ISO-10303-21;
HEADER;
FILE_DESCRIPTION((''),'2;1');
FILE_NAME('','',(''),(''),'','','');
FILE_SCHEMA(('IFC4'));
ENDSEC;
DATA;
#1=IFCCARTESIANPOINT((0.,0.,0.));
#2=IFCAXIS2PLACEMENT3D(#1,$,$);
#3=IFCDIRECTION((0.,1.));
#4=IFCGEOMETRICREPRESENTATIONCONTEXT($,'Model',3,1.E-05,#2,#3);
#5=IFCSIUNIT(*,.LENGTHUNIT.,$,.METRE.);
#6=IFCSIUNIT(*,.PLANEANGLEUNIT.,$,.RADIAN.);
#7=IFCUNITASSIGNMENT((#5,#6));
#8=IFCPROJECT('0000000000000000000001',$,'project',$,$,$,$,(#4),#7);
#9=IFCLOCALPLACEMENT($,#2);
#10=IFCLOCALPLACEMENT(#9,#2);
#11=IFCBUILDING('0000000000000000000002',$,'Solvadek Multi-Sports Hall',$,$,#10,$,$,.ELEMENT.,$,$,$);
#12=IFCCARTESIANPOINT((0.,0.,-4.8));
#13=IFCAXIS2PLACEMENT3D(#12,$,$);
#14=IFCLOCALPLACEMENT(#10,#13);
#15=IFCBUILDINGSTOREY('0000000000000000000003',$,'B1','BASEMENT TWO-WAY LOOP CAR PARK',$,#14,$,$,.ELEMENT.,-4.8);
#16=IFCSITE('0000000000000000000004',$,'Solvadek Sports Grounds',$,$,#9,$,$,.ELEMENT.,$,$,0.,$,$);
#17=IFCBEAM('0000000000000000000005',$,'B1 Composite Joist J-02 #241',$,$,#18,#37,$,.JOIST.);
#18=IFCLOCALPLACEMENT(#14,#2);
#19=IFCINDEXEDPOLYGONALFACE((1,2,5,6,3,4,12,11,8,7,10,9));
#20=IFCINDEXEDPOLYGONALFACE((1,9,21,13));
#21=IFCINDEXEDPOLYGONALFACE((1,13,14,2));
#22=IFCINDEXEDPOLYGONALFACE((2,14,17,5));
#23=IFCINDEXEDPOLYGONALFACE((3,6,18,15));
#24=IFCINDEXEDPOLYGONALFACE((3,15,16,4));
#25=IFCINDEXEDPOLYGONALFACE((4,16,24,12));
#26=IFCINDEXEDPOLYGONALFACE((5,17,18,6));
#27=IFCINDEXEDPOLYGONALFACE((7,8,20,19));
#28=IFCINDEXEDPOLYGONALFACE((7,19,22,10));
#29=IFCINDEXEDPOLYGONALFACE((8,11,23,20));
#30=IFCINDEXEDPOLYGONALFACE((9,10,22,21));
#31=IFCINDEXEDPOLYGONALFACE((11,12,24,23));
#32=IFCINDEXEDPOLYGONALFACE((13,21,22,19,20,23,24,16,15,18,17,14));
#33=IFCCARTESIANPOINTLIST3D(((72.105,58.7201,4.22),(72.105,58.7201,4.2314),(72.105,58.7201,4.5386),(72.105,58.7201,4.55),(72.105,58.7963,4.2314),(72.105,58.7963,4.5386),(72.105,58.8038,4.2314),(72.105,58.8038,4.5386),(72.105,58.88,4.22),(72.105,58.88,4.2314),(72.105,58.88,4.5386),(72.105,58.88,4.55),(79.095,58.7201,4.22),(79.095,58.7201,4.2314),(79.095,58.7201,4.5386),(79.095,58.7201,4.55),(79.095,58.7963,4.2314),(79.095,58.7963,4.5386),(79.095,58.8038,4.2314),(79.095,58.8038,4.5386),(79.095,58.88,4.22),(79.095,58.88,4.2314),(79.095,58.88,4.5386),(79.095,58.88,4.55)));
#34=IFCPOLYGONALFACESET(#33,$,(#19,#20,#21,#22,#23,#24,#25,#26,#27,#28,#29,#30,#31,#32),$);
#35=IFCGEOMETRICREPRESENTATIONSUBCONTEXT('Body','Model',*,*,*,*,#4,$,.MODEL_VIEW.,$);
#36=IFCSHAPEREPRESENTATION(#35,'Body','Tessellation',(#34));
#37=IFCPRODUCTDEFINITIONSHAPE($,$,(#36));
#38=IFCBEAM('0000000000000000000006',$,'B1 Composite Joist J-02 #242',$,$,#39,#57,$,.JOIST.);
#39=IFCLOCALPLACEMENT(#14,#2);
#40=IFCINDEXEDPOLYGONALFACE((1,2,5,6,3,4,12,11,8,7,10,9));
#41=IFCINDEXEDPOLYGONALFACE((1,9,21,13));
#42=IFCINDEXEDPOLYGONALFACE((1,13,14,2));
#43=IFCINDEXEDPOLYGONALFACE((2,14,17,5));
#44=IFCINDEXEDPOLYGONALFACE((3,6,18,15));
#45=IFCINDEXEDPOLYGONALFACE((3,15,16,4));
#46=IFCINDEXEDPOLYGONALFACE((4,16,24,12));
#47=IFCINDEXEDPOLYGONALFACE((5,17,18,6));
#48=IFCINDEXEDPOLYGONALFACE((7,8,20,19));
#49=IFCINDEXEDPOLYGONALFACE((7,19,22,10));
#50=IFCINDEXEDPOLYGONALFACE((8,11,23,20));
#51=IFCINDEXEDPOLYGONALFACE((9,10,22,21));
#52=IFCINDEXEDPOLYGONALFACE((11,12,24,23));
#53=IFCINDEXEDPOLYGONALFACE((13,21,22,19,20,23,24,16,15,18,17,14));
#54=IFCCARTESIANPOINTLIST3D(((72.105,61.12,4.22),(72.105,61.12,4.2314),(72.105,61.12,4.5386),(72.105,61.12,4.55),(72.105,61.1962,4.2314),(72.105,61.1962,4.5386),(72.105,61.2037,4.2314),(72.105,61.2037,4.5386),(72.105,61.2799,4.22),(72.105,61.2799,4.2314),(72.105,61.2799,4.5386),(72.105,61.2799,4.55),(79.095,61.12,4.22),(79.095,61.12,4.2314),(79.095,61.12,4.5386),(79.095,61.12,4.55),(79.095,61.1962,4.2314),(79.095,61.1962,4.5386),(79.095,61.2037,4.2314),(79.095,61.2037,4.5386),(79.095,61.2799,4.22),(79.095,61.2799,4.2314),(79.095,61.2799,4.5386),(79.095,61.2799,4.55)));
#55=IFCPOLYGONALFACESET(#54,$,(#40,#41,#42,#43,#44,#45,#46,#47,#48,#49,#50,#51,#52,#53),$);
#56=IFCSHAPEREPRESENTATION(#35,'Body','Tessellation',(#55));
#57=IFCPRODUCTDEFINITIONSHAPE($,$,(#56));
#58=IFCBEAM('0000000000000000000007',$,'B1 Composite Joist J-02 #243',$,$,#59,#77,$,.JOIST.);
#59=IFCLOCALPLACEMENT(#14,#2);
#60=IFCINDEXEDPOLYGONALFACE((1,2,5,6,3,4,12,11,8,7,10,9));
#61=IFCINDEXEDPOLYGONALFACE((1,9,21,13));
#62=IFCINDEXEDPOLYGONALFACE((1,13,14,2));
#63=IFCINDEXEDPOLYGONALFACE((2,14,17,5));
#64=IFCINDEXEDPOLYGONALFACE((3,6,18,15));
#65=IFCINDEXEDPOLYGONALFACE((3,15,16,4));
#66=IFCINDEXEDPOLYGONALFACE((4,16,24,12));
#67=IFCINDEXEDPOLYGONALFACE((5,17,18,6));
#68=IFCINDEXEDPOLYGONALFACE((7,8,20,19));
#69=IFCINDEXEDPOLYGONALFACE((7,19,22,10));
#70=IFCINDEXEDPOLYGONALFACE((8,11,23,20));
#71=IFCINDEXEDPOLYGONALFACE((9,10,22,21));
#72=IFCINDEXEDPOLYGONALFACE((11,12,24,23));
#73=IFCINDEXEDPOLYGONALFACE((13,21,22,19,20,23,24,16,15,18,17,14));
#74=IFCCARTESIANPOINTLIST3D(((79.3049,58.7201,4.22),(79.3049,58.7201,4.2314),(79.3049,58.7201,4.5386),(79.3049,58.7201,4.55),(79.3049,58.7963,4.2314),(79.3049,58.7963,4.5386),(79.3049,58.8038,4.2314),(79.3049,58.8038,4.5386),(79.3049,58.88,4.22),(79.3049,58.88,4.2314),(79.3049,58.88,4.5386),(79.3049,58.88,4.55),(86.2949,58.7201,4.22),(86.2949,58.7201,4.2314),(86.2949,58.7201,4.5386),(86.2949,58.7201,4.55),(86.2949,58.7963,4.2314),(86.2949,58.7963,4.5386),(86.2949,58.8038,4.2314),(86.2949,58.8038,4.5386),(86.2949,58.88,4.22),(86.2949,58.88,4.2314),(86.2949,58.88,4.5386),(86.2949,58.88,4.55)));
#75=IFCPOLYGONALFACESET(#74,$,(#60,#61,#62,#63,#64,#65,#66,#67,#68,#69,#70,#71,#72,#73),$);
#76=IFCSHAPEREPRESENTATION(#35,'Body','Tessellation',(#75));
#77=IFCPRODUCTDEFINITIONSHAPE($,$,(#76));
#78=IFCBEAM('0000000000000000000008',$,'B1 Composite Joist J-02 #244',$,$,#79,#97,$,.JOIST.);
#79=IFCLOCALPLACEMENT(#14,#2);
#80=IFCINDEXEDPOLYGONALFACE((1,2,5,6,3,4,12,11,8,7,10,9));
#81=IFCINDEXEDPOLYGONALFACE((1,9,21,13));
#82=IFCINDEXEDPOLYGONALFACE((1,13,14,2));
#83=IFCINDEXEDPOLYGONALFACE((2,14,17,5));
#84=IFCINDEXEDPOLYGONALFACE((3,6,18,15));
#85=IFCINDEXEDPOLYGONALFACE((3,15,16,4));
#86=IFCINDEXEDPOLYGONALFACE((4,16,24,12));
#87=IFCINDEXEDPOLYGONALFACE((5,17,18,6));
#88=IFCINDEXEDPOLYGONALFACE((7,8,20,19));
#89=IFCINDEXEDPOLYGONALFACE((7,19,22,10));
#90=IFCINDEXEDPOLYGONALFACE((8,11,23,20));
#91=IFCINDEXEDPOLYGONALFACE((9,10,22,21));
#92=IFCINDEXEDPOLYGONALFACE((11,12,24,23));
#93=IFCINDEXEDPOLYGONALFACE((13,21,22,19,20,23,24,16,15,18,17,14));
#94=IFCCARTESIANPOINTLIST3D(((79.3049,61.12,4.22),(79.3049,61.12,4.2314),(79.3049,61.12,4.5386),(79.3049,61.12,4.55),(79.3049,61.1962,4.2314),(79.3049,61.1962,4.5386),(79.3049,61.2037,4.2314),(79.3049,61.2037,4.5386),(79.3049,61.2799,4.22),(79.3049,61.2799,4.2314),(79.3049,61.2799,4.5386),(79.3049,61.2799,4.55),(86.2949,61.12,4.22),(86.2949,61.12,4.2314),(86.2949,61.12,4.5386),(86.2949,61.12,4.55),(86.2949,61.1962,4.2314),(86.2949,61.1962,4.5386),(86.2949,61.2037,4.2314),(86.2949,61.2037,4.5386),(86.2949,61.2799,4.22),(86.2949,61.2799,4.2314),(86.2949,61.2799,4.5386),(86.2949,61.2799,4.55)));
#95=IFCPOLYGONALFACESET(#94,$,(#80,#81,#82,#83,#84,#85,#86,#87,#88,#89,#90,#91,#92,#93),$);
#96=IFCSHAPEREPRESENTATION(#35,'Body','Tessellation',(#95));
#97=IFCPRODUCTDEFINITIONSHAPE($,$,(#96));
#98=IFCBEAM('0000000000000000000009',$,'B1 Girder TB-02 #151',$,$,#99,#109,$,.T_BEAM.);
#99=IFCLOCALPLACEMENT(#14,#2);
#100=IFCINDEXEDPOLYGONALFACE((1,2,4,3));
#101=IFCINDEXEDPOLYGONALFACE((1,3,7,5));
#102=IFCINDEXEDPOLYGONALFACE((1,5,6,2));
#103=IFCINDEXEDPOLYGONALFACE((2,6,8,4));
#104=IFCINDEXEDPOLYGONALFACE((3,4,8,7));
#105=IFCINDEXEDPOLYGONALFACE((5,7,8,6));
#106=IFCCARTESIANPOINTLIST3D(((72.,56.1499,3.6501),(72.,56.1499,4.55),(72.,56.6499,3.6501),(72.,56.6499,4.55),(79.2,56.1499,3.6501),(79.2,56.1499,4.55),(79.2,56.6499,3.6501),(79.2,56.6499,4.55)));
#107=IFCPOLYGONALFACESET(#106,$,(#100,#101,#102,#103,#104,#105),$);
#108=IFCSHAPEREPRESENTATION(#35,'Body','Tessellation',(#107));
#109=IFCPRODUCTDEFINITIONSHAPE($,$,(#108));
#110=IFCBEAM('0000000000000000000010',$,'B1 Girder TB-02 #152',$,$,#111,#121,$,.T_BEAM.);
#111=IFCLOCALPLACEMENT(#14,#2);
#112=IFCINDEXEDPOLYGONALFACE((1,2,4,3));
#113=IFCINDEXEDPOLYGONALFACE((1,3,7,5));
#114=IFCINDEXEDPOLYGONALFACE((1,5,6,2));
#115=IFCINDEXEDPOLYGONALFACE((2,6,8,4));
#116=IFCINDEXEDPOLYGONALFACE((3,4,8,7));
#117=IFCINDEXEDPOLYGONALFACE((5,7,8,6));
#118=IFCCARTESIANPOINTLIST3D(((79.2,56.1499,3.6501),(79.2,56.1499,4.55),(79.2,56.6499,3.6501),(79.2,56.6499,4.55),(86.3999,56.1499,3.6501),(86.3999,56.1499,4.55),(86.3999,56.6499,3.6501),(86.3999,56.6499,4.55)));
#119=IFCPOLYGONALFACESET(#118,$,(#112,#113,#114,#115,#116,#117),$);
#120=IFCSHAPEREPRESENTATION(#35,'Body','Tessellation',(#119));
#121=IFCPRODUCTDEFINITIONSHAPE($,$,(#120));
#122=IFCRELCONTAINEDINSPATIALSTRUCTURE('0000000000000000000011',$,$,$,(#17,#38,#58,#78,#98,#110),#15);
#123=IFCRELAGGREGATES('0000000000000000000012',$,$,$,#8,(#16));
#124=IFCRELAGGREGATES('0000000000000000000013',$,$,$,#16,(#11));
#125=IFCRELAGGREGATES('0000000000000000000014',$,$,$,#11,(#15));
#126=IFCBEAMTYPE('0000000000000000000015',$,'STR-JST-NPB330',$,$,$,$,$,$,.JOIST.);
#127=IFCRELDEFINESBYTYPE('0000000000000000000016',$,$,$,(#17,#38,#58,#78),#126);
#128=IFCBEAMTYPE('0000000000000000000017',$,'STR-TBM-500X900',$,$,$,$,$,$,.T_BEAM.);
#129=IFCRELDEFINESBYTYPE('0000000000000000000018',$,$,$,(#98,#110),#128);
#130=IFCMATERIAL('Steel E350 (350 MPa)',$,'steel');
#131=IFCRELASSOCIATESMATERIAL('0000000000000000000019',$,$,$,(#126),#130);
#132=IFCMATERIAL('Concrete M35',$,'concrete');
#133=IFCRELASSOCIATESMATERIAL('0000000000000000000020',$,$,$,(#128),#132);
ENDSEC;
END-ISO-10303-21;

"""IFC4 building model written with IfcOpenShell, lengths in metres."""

from ifc_helpers import new_model, si_unit, direction, frame, origin, origin_2d, place, context, subcontext, project, spatial, rectangle, i_section, extrude, material, material_profile, profile_set, type_object, element, save


model = new_model("IFC4")

# Units and contexts
model_context = context("Model", 3, precision=1e-05, world=origin(), true_north=direction((0.0, 1.0)))
body_context = subcontext(model_context, "Body", "Model", "MODEL_VIEW")
ifc_project = project(units=[si_unit("LENGTHUNIT", "METRE"), si_unit("PLANEANGLEUNIT", "RADIAN")], contexts=[model_context])

# Site, building, storey
site_placement = place(None, origin())
site = spatial("IfcSite", under=ifc_project, at=site_placement, Name="Solvadek Sports Grounds", CompositionType="ELEMENT", RefElevation=0.0)
building_placement = place(site_placement, origin())
building = spatial("IfcBuilding", under=site, at=building_placement, Name="Solvadek Multi-Sports Hall", CompositionType="ELEMENT")
storey_placement = place(building_placement, frame((0.0, 0.0, -4.8)))
storey = spatial("IfcBuildingStorey", under=building, at=storey_placement, Name="B1", Description="BASEMENT TWO-WAY LOOP CAR PARK", CompositionType="ELEMENT", Elevation=-4.8)

# Shared definitions
ifc_material_1 = material(Name="Concrete M35", Category="concrete")

# Beams
ifc_material_2 = material(Name="Steel E350 (350 MPa)", Category="steel")
ifc_material_profile_1 = material_profile(ifc_material_2, i_section(OverallWidth=0.1599, OverallDepth=0.3301, WebThickness=0.0076, FlangeThickness=0.0115, at=origin_2d()), Name="NPB 330")
ifc_profile_set_1 = profile_set([ifc_material_profile_1], Name="Steel E350 (350 MPa)")
beam_type_1 = type_object("IfcBeamType", Name="STR-JST-NPB330", PredefinedType="JOIST", material=ifc_profile_set_1)
for number, where, z_axis, x_axis, name in (
    (1, (72.105, 58.8, 4.385), (1.0, 0.0, 0.0), (0.0, 1.0, 0.0), "B1 Composite Joist J-02 #241"),
    (2, (72.105, 61.2, 4.385), (1.0, 0.0, 0.0), (0.0, 1.0, 0.0), "B1 Composite Joist J-02 #242"),
    (3, (79.3049, 58.8, 4.385), (1.0, 0.0, 0.0), (0.0, 1.0, 0.0), "B1 Composite Joist J-02 #243"),
    (4, (79.3049, 61.2, 4.385), (1.0, 0.0, 0.0), (0.0, 1.0, 0.0), "B1 Composite Joist J-02 #244"),
):
    element("IfcBeam", number, at=place(storey_placement, frame(where, z_axis=z_axis, x_axis=x_axis)), inside=storey, type_object=beam_type_1, Name=name, PredefinedType="JOIST", context=body_context, shape_type="SweptSolid", body=[
        extrude(i_section(OverallWidth=0.1599, OverallDepth=0.3301, WebThickness=0.0076, FlangeThickness=0.0115, at=origin_2d()), origin(), (0.0, 0.0, 1.0), 6.99),
    ])
ifc_material_profile_2 = material_profile(ifc_material_1, rectangle(XDim=0.5, YDim=0.8999, at=origin_2d()), Name="RC T-BEAM 500x900")
ifc_profile_set_2 = profile_set([ifc_material_profile_2], Name="Concrete M35")
beam_type_2 = type_object("IfcBeamType", Name="STR-TBM-500X900", PredefinedType="T_BEAM", material=ifc_profile_set_2)
for number, where, z_axis, x_axis, name in (
    (5, (72.0, 56.3999, 4.1001), (1.0, 0.0, 0.0), (0.0, 1.0, 0.0), "B1 Girder TB-02 #151"),
    (6, (79.2, 56.3999, 4.1001), (1.0, 0.0, 0.0), (0.0, 1.0, 0.0), "B1 Girder TB-02 #152"),
):
    element("IfcBeam", number, at=place(storey_placement, frame(where, z_axis=z_axis, x_axis=x_axis)), inside=storey, type_object=beam_type_2, Name=name, PredefinedType="T_BEAM", context=body_context, shape_type="SweptSolid", body=[
        extrude(rectangle(XDim=0.5, YDim=0.8999, at=origin_2d()), origin(), (0.0, 0.0, 1.0), 7.2),
    ])

save(model, "model.ifc")
